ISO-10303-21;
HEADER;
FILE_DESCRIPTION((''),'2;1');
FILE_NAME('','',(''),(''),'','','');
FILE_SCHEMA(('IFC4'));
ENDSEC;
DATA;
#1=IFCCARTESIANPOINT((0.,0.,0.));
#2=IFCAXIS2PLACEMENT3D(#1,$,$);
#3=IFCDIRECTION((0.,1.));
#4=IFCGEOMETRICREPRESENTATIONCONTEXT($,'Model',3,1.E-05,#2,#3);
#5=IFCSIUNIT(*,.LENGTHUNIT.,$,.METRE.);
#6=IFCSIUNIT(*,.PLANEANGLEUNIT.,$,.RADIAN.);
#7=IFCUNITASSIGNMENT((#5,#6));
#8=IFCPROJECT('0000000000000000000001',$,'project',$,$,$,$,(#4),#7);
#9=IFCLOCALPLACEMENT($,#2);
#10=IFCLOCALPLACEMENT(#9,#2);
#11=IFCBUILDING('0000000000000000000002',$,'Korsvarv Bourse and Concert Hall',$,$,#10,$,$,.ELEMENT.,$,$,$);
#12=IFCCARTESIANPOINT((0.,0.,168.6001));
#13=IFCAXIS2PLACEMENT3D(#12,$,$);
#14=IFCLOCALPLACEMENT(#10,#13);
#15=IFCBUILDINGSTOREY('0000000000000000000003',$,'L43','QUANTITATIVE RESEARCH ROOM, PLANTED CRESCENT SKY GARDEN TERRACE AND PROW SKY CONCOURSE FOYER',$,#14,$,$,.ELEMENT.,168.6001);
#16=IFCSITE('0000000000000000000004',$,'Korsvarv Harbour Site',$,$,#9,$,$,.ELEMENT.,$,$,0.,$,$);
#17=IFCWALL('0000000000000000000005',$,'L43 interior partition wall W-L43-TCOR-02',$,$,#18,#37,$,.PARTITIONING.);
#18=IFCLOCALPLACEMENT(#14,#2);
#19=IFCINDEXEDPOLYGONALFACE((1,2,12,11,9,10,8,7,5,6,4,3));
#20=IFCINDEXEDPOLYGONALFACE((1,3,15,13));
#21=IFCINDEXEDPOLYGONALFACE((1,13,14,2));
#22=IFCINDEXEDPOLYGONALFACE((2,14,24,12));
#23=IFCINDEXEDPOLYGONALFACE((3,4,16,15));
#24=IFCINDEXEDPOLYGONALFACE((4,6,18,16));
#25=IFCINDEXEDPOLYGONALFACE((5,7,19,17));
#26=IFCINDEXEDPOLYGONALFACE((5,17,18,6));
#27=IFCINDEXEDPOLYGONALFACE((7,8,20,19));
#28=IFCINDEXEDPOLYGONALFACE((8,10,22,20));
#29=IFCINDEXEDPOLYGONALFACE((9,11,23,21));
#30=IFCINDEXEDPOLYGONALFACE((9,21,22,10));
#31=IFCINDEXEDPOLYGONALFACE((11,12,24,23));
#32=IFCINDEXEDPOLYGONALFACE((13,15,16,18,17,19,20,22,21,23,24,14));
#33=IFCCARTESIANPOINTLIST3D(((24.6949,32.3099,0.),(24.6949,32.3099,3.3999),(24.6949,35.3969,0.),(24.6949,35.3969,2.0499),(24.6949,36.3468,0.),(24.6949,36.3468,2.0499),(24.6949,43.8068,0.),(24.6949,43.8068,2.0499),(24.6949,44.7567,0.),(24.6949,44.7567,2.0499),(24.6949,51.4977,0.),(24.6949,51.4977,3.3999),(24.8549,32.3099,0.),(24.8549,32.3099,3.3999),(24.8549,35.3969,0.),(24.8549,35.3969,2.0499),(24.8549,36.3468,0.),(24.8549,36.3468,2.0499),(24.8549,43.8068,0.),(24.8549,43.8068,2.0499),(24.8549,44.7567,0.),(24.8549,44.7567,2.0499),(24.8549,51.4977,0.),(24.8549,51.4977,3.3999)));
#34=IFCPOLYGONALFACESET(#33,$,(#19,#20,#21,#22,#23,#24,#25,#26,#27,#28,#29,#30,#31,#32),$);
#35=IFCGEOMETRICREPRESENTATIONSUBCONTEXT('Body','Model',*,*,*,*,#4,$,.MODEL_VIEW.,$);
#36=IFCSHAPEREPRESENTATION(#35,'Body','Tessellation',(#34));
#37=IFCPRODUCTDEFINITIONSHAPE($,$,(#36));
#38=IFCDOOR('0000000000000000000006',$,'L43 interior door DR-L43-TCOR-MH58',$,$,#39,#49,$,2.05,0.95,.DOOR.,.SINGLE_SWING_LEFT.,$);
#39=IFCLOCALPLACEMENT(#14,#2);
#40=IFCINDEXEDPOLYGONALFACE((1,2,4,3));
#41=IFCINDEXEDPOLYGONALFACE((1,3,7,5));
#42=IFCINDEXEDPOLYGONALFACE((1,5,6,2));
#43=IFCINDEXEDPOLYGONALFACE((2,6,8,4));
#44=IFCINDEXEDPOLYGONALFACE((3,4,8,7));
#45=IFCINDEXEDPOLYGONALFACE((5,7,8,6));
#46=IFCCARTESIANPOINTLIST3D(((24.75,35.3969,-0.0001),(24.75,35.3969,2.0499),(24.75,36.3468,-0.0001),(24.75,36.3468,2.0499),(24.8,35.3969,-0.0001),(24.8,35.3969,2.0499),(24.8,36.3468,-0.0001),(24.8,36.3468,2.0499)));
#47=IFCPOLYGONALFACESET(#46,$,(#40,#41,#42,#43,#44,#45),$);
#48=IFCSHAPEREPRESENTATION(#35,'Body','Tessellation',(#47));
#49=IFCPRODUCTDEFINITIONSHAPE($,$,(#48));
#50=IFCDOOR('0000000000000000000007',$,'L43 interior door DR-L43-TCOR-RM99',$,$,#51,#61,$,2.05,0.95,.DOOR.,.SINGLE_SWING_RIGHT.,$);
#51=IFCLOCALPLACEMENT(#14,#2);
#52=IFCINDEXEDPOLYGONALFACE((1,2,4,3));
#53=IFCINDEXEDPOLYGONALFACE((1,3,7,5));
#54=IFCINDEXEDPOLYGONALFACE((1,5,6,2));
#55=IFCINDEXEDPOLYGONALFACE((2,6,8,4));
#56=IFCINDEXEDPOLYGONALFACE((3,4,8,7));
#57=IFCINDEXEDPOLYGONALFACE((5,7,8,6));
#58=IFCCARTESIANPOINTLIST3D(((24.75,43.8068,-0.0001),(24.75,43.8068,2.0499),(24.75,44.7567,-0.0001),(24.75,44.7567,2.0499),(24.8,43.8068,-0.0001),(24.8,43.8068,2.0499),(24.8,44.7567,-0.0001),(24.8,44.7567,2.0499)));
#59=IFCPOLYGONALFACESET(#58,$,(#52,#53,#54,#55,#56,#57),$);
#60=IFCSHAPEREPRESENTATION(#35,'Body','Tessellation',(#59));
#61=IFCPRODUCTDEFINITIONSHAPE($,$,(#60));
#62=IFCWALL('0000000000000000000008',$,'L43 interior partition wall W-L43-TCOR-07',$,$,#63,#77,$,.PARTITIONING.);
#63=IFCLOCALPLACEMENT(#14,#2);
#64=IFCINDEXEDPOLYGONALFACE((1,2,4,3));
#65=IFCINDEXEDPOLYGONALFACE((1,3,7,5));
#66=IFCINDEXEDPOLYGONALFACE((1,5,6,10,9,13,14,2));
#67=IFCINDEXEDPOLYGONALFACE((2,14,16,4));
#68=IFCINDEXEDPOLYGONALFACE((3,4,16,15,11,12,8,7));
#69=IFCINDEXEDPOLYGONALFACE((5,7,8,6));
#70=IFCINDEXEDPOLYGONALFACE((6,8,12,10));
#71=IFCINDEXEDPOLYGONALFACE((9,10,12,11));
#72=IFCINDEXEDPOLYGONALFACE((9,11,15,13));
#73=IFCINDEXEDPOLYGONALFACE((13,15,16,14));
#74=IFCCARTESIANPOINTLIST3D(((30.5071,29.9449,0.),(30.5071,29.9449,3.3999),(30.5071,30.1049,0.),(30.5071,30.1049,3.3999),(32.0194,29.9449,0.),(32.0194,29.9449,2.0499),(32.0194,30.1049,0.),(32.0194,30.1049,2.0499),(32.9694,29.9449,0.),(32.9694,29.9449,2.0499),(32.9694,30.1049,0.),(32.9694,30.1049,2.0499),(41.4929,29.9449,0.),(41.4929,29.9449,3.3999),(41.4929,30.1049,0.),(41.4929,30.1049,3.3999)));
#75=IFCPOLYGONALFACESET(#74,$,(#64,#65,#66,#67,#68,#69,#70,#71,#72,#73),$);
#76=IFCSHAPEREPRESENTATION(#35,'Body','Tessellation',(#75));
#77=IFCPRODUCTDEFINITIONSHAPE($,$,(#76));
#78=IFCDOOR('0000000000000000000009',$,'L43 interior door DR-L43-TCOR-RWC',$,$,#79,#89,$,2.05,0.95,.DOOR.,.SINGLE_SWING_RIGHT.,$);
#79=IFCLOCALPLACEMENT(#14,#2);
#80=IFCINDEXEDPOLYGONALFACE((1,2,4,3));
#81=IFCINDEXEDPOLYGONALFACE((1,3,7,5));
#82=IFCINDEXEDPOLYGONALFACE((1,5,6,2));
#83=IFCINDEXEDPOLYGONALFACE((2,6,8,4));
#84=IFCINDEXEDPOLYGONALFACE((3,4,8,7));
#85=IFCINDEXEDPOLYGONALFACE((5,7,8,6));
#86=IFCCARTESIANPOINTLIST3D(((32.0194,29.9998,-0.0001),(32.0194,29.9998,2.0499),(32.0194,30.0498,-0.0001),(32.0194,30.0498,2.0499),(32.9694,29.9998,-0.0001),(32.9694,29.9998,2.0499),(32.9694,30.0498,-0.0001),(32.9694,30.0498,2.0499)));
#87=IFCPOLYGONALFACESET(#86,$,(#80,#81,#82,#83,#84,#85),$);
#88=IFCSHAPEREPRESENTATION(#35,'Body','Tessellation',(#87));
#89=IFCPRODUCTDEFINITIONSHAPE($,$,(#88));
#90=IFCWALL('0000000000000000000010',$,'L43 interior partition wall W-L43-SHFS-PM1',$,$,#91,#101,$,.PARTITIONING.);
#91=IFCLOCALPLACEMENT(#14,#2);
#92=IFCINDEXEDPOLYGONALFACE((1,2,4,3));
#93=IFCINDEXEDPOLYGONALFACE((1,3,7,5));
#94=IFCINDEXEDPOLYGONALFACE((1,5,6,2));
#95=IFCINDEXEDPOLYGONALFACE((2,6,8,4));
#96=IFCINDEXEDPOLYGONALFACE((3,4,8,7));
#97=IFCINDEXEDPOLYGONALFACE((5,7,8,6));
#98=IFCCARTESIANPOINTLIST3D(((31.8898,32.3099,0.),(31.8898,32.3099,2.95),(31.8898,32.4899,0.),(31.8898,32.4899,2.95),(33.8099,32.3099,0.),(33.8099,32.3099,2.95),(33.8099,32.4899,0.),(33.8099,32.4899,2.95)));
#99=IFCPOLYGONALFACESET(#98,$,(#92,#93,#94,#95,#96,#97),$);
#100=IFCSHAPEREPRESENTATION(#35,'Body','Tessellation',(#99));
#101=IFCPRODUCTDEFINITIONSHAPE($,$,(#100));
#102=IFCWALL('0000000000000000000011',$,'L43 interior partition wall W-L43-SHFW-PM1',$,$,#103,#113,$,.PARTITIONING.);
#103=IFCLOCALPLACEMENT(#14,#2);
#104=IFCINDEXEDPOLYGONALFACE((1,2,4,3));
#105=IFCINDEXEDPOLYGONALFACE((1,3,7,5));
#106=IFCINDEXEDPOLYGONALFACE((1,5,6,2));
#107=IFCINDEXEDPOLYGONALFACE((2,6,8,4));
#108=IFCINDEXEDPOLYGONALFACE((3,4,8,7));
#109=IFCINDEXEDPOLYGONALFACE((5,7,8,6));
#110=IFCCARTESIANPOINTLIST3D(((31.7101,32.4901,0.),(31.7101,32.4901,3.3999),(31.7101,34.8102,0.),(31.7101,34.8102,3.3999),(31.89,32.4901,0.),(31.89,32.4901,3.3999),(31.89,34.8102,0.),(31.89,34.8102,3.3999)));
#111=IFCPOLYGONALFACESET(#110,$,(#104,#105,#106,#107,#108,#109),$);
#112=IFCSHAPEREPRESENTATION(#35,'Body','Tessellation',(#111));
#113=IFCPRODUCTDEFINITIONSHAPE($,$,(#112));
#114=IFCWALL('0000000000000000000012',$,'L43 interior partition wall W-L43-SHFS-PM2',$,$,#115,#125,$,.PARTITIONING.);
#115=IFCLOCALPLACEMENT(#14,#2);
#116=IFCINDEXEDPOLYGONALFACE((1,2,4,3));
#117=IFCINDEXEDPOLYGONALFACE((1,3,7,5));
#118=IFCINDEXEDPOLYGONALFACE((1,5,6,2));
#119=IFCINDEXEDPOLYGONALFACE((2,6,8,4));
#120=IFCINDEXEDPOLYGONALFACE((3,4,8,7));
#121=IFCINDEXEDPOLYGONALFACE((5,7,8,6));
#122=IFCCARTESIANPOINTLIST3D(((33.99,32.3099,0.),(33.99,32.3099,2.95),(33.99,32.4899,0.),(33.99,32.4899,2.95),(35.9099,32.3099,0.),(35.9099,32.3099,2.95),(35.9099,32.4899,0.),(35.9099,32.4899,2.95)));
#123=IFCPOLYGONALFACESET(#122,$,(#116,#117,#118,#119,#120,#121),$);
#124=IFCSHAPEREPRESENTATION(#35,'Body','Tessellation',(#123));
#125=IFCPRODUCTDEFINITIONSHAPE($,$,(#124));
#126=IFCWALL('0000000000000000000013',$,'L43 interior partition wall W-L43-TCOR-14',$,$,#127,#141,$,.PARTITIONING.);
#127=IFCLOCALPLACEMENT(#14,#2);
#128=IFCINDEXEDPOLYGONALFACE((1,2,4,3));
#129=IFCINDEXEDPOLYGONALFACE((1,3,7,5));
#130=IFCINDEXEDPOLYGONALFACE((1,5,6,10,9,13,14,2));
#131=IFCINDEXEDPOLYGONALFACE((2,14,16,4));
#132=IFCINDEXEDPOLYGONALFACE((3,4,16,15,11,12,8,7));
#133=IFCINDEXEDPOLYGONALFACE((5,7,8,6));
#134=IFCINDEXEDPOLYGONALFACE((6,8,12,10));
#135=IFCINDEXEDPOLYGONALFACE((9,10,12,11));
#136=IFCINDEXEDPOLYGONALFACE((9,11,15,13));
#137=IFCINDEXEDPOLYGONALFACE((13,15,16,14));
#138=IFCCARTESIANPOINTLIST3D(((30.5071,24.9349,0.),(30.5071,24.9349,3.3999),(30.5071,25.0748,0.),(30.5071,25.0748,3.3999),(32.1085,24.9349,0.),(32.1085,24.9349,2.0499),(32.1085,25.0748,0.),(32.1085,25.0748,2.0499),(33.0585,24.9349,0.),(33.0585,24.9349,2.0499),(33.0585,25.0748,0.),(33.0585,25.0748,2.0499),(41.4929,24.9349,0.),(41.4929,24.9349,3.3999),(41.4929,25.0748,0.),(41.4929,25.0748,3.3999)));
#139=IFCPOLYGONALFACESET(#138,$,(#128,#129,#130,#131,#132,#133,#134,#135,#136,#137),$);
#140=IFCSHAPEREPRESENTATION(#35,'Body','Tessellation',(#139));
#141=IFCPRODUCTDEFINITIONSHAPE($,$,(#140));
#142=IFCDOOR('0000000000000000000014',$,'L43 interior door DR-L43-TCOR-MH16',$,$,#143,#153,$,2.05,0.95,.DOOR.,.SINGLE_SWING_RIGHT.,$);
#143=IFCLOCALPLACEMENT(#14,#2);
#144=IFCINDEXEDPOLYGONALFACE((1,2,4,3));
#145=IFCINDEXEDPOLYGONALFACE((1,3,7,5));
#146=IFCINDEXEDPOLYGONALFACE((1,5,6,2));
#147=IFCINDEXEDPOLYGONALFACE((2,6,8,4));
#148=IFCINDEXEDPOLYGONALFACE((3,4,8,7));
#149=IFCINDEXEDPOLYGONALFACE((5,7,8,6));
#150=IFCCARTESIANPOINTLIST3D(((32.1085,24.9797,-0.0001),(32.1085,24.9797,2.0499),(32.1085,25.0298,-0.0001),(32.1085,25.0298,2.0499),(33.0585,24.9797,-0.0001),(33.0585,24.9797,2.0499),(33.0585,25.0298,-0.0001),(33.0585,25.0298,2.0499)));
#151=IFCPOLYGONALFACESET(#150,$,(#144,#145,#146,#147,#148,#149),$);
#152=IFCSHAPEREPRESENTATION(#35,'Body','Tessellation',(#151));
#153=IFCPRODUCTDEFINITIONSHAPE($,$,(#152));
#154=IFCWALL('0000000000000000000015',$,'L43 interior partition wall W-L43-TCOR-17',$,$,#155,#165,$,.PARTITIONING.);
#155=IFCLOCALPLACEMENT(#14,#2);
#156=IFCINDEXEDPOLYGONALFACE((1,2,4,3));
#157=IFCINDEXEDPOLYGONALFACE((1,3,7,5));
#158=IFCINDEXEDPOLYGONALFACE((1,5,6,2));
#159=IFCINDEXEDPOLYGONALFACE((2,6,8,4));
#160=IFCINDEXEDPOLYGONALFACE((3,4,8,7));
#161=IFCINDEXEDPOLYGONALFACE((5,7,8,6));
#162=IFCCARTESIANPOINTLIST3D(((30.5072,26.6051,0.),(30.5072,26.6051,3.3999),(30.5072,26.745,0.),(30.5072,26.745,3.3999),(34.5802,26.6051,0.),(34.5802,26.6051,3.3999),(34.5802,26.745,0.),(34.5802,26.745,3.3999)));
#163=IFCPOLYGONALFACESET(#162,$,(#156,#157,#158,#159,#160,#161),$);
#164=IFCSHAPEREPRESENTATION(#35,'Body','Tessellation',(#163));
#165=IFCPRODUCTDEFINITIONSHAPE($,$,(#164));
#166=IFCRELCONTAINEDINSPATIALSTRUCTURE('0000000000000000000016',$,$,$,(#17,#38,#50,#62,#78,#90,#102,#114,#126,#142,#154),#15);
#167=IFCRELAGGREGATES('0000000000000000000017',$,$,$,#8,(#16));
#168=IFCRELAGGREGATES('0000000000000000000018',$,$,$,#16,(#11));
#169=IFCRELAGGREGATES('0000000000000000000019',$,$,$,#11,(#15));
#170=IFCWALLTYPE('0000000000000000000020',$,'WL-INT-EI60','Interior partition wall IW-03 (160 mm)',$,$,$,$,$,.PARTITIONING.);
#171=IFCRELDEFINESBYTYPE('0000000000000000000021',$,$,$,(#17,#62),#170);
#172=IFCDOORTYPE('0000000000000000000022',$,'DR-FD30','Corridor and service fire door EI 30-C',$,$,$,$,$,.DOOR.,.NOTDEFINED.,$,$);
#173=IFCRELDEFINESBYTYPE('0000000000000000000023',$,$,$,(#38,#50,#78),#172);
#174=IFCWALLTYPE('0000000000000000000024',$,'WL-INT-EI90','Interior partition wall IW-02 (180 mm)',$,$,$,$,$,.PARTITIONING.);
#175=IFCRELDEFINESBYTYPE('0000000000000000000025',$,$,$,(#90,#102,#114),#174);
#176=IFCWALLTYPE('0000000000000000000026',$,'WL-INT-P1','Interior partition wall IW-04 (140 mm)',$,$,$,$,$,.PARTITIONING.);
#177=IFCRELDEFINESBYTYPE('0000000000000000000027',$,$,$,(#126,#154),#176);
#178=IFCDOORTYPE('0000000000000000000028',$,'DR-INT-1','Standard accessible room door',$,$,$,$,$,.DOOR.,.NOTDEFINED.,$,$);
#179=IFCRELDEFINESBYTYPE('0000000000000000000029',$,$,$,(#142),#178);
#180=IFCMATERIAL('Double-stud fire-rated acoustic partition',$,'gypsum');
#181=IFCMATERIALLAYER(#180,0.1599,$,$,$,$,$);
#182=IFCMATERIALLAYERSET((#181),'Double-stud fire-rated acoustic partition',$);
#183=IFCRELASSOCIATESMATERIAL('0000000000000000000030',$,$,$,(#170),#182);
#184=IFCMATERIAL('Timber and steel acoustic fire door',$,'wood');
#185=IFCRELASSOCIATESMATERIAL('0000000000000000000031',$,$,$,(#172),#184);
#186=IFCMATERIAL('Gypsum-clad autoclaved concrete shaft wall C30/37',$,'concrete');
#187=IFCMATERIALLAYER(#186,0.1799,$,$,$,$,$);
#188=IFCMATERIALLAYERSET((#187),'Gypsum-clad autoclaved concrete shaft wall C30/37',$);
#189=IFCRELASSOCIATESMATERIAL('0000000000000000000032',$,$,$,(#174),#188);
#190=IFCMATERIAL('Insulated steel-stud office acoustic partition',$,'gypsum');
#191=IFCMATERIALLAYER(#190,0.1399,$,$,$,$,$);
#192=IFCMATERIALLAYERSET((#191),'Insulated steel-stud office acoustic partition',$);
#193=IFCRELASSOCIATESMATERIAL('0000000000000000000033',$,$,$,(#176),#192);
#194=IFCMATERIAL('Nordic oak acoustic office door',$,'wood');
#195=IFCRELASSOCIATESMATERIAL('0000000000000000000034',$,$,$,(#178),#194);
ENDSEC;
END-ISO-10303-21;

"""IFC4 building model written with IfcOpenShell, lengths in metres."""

from ifc_helpers import new_model, si_unit, direction, frame, frame_2d, origin, place, context, subcontext, project, spatial, rectangle, extrude, material, layer, layer_set, type_object, element, fill, save


model = new_model("IFC4")

# Units and contexts
model_context = context("Model", 3, precision=1e-05, world=origin(), true_north=direction((0.0, 1.0)))
body_context = subcontext(model_context, "Body", "Model", "MODEL_VIEW")
ifc_project = project(units=[si_unit("LENGTHUNIT", "METRE"), si_unit("PLANEANGLEUNIT", "RADIAN")], contexts=[model_context])

# Site, building, storey
site_placement = place(None, origin())
site = spatial("IfcSite", under=ifc_project, at=site_placement, Name="Korsvarv Harbour Site", CompositionType="ELEMENT", RefElevation=0.0)
building_placement = place(site_placement, origin())
building = spatial("IfcBuilding", under=site, at=building_placement, Name="Korsvarv Bourse and Concert Hall", CompositionType="ELEMENT")
storey_placement = place(building_placement, frame((0.0, 0.0, 168.6001)))
storey = spatial("IfcBuildingStorey", under=building, at=storey_placement, Name="L43", Description="QUANTITATIVE RESEARCH ROOM, PLANTED CRESCENT SKY GARDEN TERRACE AND PROW SKY CONCOURSE FOYER", CompositionType="ELEMENT", Elevation=168.6001)

# Shared definitions
ifc_material_1 = material(Name="Double-stud fire-rated acoustic partition", Category="gypsum")
ifc_layer_1 = layer(ifc_material_1, 0.1599)
ifc_layer_set_1 = layer_set([ifc_layer_1], Name="Double-stud fire-rated acoustic partition")
wall_type_1 = type_object("IfcWallType", Name="WL-INT-EI60", Description="Interior partition wall IW-03 (160 mm)", PredefinedType="PARTITIONING", material=ifc_layer_set_1)

# Wall, openings, doors
wall_1_placement = place(storey_placement, frame((24.7749, 32.3101, 0.0), z_axis=(0.0, 0.0, 1.0), x_axis=(0.0, 1.0, 0.0)))
wall_1 = element("IfcWall", 1, at=wall_1_placement, inside=storey, type_object=wall_type_1, Name="L43 interior partition wall W-L43-TCOR-02", PredefinedType="PARTITIONING", context=body_context, shape_type="SweptSolid", body=[
    extrude(rectangle(XDim=19.1877, YDim=0.1599, at=frame_2d((9.5938, 0.0))), origin(), (0.0, 0.0, 1.0), 3.3999),
])
opening_1_placement = place(wall_1_placement, frame((3.0867, 0.0, 0.0)))
opening_1 = element("IfcOpeningElement", 2, at=opening_1_placement, cuts=wall_1, PredefinedType="OPENING", context=body_context, shape_type="SweptSolid", body=[
    extrude(rectangle(XDim=0.95, YDim=2.05, at=frame_2d((0.4751, 1.0249))), frame((0.0, 0.0898, 0.0), z_axis=(0.0, -1.0, 0.0), x_axis=(1.0, 0.0, 0.0)), (0.0, 0.0, 1.0), 0.1799),
])
opening_2_placement = place(wall_1_placement, frame((11.4966, 0.0, 0.0)))
opening_2 = element("IfcOpeningElement", 3, at=opening_2_placement, cuts=wall_1, PredefinedType="OPENING", context=body_context, shape_type="SweptSolid", body=[
    extrude(rectangle(XDim=0.95, YDim=2.05, at=frame_2d((0.4751, 1.0249))), frame((0.0, 0.0898, 0.0), z_axis=(0.0, -1.0, 0.0), x_axis=(1.0, 0.0, 0.0)), (0.0, 0.0, 1.0), 0.1799),
])
ifc_material_2 = material(Name="Timber and steel acoustic fire door", Category="wood")
door_type_1 = type_object("IfcDoorType", Name="DR-FD30", Description="Corridor and service fire door EI 30-C", OperationType="NOTDEFINED", PredefinedType="DOOR", material=ifc_material_2)
door_1_placement = place(opening_1_placement, origin())
door_1 = element("IfcDoor", 4, at=door_1_placement, inside=storey, type_object=door_type_1, Name="L43 interior door DR-L43-TCOR-MH58", OperationType="SINGLE_SWING_LEFT", OverallHeight=2.05, OverallWidth=0.95, PredefinedType="DOOR", context=body_context, shape_type="SweptSolid", body=[
    extrude(rectangle(XDim=0.95, YDim=2.05, at=frame_2d((0.4751, 1.0249))), frame((0.0, 0.0249, 0.0), z_axis=(0.0, -1.0, 0.0), x_axis=(1.0, 0.0, 0.0)), (0.0, 0.0, 1.0), 0.05),
])
fill(opening_1, door_1)
door_2_placement = place(opening_2_placement, origin())
door_2 = element("IfcDoor", 5, at=door_2_placement, inside=storey, type_object=door_type_1, Name="L43 interior door DR-L43-TCOR-RM99", OperationType="SINGLE_SWING_RIGHT", OverallHeight=2.05, OverallWidth=0.95, PredefinedType="DOOR", context=body_context, shape_type="SweptSolid", body=[
    extrude(rectangle(XDim=0.95, YDim=2.05, at=frame_2d((0.4751, 1.0249))), frame((0.0, 0.0249, 0.0), z_axis=(0.0, -1.0, 0.0), x_axis=(1.0, 0.0, 0.0)), (0.0, 0.0, 1.0), 0.05),
])
fill(opening_2, door_2)

# Wall, opening, door
wall_2_placement = place(storey_placement, frame((30.5071, 30.0249, 0.0), z_axis=(0.0, 0.0, 1.0), x_axis=(1.0, 0.0, 0.0)))
wall_2 = element("IfcWall", 6, at=wall_2_placement, inside=storey, type_object=wall_type_1, Name="L43 interior partition wall W-L43-TCOR-07", PredefinedType="PARTITIONING", context=body_context, shape_type="SweptSolid", body=[
    extrude(rectangle(XDim=10.9858, YDim=0.1599, at=frame_2d((5.4929, 0.0))), origin(), (0.0, 0.0, 1.0), 3.3999),
])
opening_3_placement = place(wall_2_placement, frame((1.5122, 0.0, 0.0)))
opening_3 = element("IfcOpeningElement", 7, at=opening_3_placement, cuts=wall_2, PredefinedType="OPENING", context=body_context, shape_type="SweptSolid", body=[
    extrude(rectangle(XDim=0.95, YDim=2.05, at=frame_2d((0.4751, 1.0249))), frame((0.0, 0.0898, 0.0), z_axis=(0.0, -1.0, 0.0), x_axis=(1.0, 0.0, 0.0)), (0.0, 0.0, 1.0), 0.1799),
])
door_3_placement = place(opening_3_placement, origin())
door_3 = element("IfcDoor", 8, at=door_3_placement, inside=storey, type_object=door_type_1, Name="L43 interior door DR-L43-TCOR-RWC", OperationType="SINGLE_SWING_RIGHT", OverallHeight=2.05, OverallWidth=0.95, PredefinedType="DOOR", context=body_context, shape_type="SweptSolid", body=[
    extrude(rectangle(XDim=0.95, YDim=2.05, at=frame_2d((0.4751, 1.0249))), frame((0.0, 0.0249, 0.0), z_axis=(0.0, -1.0, 0.0), x_axis=(1.0, 0.0, 0.0)), (0.0, 0.0, 1.0), 0.05),
])
fill(opening_3, door_3)

# Walls
ifc_material_3 = material(Name="Gypsum-clad autoclaved concrete shaft wall C30/37", Category="concrete")
ifc_layer_2 = layer(ifc_material_3, 0.1799)
ifc_layer_set_2 = layer_set([ifc_layer_2], Name="Gypsum-clad autoclaved concrete shaft wall C30/37")
wall_type_2 = type_object("IfcWallType", Name="WL-INT-EI90", Description="Interior partition wall IW-02 (180 mm)", PredefinedType="PARTITIONING", material=ifc_layer_set_2)
wall_3_placement = place(storey_placement, frame((31.8899, 32.3999, 0.0), z_axis=(0.0, 0.0, 1.0), x_axis=(1.0, 0.0, 0.0)))
element("IfcWall", 9, at=wall_3_placement, inside=storey, type_object=wall_type_2, Name="L43 interior partition wall W-L43-SHFS-PM1", PredefinedType="PARTITIONING", context=body_context, shape_type="SweptSolid", body=[
    extrude(rectangle(XDim=1.9202, YDim=0.1799, at=frame_2d((0.96, 0.0))), origin(), (0.0, 0.0, 1.0), 2.95),
])
wall_4_placement = place(storey_placement, frame((31.8, 32.49, 0.0), z_axis=(0.0, 0.0, 1.0), x_axis=(0.0, 1.0, 0.0)))
element("IfcWall", 10, at=wall_4_placement, inside=storey, type_object=wall_type_2, Name="L43 interior partition wall W-L43-SHFW-PM1", PredefinedType="PARTITIONING", context=body_context, shape_type="SweptSolid", body=[
    extrude(rectangle(XDim=2.3201, YDim=0.1799, at=frame_2d((1.1602, 0.0))), origin(), (0.0, 0.0, 1.0), 3.3999),
])
wall_5_placement = place(storey_placement, frame((33.99, 32.3999, 0.0), z_axis=(0.0, 0.0, 1.0), x_axis=(1.0, 0.0, 0.0)))
element("IfcWall", 11, at=wall_5_placement, inside=storey, type_object=wall_type_2, Name="L43 interior partition wall W-L43-SHFS-PM2", PredefinedType="PARTITIONING", context=body_context, shape_type="SweptSolid", body=[
    extrude(rectangle(XDim=1.9199, YDim=0.1799, at=frame_2d((0.96, 0.0))), origin(), (0.0, 0.0, 1.0), 2.95),
])

# Wall, opening, door
ifc_material_4 = material(Name="Insulated steel-stud office acoustic partition", Category="gypsum")
ifc_layer_3 = layer(ifc_material_4, 0.1399)
ifc_layer_set_3 = layer_set([ifc_layer_3], Name="Insulated steel-stud office acoustic partition")
wall_type_3 = type_object("IfcWallType", Name="WL-INT-P1", Description="Interior partition wall IW-04 (140 mm)", PredefinedType="PARTITIONING", material=ifc_layer_set_3)
wall_6_placement = place(storey_placement, frame((30.5071, 25.0049, 0.0), z_axis=(0.0, 0.0, 1.0), x_axis=(1.0, 0.0, 0.0)))
wall_6 = element("IfcWall", 12, at=wall_6_placement, inside=storey, type_object=wall_type_3, Name="L43 interior partition wall W-L43-TCOR-14", PredefinedType="PARTITIONING", context=body_context, shape_type="SweptSolid", body=[
    extrude(rectangle(XDim=10.9858, YDim=0.1399, at=frame_2d((5.4929, 0.0))), origin(), (0.0, 0.0, 1.0), 3.3999),
])
opening_4_placement = place(wall_6_placement, frame((1.6013, 0.0, 0.0)))
opening_4 = element("IfcOpeningElement", 13, at=opening_4_placement, cuts=wall_6, PredefinedType="OPENING", context=body_context, shape_type="SweptSolid", body=[
    extrude(rectangle(XDim=0.95, YDim=2.05, at=frame_2d((0.4751, 1.0249))), frame((0.0, 0.0801, 0.0), z_axis=(0.0, -1.0, 0.0), x_axis=(1.0, 0.0, 0.0)), (0.0, 0.0, 1.0), 0.1599),
])
ifc_material_5 = material(Name="Nordic oak acoustic office door", Category="wood")
door_type_2 = type_object("IfcDoorType", Name="DR-INT-1", Description="Standard accessible room door", OperationType="NOTDEFINED", PredefinedType="DOOR", material=ifc_material_5)
door_4_placement = place(opening_4_placement, origin())
door_4 = element("IfcDoor", 14, at=door_4_placement, inside=storey, type_object=door_type_2, Name="L43 interior door DR-L43-TCOR-MH16", OperationType="SINGLE_SWING_RIGHT", OverallHeight=2.05, OverallWidth=0.95, PredefinedType="DOOR", context=body_context, shape_type="SweptSolid", body=[
    extrude(rectangle(XDim=0.95, YDim=2.05, at=frame_2d((0.4751, 1.0249))), frame((0.0, 0.0249, 0.0), z_axis=(0.0, -1.0, 0.0), x_axis=(1.0, 0.0, 0.0)), (0.0, 0.0, 1.0), 0.05),
])
fill(opening_4, door_4)

# Wall
wall_7_placement = place(storey_placement, frame((30.5071, 26.675, 0.0), z_axis=(0.0, 0.0, 1.0), x_axis=(1.0, 0.0, 0.0)))
element("IfcWall", 15, at=wall_7_placement, inside=storey, type_object=wall_type_3, Name="L43 interior partition wall W-L43-TCOR-17", PredefinedType="PARTITIONING", context=body_context, shape_type="SweptSolid", body=[
    extrude(rectangle(XDim=4.073, YDim=0.1399, at=frame_2d((2.0366, 0.0))), origin(), (0.0, 0.0, 1.0), 3.3999),
])

save(model, "model.ifc")
